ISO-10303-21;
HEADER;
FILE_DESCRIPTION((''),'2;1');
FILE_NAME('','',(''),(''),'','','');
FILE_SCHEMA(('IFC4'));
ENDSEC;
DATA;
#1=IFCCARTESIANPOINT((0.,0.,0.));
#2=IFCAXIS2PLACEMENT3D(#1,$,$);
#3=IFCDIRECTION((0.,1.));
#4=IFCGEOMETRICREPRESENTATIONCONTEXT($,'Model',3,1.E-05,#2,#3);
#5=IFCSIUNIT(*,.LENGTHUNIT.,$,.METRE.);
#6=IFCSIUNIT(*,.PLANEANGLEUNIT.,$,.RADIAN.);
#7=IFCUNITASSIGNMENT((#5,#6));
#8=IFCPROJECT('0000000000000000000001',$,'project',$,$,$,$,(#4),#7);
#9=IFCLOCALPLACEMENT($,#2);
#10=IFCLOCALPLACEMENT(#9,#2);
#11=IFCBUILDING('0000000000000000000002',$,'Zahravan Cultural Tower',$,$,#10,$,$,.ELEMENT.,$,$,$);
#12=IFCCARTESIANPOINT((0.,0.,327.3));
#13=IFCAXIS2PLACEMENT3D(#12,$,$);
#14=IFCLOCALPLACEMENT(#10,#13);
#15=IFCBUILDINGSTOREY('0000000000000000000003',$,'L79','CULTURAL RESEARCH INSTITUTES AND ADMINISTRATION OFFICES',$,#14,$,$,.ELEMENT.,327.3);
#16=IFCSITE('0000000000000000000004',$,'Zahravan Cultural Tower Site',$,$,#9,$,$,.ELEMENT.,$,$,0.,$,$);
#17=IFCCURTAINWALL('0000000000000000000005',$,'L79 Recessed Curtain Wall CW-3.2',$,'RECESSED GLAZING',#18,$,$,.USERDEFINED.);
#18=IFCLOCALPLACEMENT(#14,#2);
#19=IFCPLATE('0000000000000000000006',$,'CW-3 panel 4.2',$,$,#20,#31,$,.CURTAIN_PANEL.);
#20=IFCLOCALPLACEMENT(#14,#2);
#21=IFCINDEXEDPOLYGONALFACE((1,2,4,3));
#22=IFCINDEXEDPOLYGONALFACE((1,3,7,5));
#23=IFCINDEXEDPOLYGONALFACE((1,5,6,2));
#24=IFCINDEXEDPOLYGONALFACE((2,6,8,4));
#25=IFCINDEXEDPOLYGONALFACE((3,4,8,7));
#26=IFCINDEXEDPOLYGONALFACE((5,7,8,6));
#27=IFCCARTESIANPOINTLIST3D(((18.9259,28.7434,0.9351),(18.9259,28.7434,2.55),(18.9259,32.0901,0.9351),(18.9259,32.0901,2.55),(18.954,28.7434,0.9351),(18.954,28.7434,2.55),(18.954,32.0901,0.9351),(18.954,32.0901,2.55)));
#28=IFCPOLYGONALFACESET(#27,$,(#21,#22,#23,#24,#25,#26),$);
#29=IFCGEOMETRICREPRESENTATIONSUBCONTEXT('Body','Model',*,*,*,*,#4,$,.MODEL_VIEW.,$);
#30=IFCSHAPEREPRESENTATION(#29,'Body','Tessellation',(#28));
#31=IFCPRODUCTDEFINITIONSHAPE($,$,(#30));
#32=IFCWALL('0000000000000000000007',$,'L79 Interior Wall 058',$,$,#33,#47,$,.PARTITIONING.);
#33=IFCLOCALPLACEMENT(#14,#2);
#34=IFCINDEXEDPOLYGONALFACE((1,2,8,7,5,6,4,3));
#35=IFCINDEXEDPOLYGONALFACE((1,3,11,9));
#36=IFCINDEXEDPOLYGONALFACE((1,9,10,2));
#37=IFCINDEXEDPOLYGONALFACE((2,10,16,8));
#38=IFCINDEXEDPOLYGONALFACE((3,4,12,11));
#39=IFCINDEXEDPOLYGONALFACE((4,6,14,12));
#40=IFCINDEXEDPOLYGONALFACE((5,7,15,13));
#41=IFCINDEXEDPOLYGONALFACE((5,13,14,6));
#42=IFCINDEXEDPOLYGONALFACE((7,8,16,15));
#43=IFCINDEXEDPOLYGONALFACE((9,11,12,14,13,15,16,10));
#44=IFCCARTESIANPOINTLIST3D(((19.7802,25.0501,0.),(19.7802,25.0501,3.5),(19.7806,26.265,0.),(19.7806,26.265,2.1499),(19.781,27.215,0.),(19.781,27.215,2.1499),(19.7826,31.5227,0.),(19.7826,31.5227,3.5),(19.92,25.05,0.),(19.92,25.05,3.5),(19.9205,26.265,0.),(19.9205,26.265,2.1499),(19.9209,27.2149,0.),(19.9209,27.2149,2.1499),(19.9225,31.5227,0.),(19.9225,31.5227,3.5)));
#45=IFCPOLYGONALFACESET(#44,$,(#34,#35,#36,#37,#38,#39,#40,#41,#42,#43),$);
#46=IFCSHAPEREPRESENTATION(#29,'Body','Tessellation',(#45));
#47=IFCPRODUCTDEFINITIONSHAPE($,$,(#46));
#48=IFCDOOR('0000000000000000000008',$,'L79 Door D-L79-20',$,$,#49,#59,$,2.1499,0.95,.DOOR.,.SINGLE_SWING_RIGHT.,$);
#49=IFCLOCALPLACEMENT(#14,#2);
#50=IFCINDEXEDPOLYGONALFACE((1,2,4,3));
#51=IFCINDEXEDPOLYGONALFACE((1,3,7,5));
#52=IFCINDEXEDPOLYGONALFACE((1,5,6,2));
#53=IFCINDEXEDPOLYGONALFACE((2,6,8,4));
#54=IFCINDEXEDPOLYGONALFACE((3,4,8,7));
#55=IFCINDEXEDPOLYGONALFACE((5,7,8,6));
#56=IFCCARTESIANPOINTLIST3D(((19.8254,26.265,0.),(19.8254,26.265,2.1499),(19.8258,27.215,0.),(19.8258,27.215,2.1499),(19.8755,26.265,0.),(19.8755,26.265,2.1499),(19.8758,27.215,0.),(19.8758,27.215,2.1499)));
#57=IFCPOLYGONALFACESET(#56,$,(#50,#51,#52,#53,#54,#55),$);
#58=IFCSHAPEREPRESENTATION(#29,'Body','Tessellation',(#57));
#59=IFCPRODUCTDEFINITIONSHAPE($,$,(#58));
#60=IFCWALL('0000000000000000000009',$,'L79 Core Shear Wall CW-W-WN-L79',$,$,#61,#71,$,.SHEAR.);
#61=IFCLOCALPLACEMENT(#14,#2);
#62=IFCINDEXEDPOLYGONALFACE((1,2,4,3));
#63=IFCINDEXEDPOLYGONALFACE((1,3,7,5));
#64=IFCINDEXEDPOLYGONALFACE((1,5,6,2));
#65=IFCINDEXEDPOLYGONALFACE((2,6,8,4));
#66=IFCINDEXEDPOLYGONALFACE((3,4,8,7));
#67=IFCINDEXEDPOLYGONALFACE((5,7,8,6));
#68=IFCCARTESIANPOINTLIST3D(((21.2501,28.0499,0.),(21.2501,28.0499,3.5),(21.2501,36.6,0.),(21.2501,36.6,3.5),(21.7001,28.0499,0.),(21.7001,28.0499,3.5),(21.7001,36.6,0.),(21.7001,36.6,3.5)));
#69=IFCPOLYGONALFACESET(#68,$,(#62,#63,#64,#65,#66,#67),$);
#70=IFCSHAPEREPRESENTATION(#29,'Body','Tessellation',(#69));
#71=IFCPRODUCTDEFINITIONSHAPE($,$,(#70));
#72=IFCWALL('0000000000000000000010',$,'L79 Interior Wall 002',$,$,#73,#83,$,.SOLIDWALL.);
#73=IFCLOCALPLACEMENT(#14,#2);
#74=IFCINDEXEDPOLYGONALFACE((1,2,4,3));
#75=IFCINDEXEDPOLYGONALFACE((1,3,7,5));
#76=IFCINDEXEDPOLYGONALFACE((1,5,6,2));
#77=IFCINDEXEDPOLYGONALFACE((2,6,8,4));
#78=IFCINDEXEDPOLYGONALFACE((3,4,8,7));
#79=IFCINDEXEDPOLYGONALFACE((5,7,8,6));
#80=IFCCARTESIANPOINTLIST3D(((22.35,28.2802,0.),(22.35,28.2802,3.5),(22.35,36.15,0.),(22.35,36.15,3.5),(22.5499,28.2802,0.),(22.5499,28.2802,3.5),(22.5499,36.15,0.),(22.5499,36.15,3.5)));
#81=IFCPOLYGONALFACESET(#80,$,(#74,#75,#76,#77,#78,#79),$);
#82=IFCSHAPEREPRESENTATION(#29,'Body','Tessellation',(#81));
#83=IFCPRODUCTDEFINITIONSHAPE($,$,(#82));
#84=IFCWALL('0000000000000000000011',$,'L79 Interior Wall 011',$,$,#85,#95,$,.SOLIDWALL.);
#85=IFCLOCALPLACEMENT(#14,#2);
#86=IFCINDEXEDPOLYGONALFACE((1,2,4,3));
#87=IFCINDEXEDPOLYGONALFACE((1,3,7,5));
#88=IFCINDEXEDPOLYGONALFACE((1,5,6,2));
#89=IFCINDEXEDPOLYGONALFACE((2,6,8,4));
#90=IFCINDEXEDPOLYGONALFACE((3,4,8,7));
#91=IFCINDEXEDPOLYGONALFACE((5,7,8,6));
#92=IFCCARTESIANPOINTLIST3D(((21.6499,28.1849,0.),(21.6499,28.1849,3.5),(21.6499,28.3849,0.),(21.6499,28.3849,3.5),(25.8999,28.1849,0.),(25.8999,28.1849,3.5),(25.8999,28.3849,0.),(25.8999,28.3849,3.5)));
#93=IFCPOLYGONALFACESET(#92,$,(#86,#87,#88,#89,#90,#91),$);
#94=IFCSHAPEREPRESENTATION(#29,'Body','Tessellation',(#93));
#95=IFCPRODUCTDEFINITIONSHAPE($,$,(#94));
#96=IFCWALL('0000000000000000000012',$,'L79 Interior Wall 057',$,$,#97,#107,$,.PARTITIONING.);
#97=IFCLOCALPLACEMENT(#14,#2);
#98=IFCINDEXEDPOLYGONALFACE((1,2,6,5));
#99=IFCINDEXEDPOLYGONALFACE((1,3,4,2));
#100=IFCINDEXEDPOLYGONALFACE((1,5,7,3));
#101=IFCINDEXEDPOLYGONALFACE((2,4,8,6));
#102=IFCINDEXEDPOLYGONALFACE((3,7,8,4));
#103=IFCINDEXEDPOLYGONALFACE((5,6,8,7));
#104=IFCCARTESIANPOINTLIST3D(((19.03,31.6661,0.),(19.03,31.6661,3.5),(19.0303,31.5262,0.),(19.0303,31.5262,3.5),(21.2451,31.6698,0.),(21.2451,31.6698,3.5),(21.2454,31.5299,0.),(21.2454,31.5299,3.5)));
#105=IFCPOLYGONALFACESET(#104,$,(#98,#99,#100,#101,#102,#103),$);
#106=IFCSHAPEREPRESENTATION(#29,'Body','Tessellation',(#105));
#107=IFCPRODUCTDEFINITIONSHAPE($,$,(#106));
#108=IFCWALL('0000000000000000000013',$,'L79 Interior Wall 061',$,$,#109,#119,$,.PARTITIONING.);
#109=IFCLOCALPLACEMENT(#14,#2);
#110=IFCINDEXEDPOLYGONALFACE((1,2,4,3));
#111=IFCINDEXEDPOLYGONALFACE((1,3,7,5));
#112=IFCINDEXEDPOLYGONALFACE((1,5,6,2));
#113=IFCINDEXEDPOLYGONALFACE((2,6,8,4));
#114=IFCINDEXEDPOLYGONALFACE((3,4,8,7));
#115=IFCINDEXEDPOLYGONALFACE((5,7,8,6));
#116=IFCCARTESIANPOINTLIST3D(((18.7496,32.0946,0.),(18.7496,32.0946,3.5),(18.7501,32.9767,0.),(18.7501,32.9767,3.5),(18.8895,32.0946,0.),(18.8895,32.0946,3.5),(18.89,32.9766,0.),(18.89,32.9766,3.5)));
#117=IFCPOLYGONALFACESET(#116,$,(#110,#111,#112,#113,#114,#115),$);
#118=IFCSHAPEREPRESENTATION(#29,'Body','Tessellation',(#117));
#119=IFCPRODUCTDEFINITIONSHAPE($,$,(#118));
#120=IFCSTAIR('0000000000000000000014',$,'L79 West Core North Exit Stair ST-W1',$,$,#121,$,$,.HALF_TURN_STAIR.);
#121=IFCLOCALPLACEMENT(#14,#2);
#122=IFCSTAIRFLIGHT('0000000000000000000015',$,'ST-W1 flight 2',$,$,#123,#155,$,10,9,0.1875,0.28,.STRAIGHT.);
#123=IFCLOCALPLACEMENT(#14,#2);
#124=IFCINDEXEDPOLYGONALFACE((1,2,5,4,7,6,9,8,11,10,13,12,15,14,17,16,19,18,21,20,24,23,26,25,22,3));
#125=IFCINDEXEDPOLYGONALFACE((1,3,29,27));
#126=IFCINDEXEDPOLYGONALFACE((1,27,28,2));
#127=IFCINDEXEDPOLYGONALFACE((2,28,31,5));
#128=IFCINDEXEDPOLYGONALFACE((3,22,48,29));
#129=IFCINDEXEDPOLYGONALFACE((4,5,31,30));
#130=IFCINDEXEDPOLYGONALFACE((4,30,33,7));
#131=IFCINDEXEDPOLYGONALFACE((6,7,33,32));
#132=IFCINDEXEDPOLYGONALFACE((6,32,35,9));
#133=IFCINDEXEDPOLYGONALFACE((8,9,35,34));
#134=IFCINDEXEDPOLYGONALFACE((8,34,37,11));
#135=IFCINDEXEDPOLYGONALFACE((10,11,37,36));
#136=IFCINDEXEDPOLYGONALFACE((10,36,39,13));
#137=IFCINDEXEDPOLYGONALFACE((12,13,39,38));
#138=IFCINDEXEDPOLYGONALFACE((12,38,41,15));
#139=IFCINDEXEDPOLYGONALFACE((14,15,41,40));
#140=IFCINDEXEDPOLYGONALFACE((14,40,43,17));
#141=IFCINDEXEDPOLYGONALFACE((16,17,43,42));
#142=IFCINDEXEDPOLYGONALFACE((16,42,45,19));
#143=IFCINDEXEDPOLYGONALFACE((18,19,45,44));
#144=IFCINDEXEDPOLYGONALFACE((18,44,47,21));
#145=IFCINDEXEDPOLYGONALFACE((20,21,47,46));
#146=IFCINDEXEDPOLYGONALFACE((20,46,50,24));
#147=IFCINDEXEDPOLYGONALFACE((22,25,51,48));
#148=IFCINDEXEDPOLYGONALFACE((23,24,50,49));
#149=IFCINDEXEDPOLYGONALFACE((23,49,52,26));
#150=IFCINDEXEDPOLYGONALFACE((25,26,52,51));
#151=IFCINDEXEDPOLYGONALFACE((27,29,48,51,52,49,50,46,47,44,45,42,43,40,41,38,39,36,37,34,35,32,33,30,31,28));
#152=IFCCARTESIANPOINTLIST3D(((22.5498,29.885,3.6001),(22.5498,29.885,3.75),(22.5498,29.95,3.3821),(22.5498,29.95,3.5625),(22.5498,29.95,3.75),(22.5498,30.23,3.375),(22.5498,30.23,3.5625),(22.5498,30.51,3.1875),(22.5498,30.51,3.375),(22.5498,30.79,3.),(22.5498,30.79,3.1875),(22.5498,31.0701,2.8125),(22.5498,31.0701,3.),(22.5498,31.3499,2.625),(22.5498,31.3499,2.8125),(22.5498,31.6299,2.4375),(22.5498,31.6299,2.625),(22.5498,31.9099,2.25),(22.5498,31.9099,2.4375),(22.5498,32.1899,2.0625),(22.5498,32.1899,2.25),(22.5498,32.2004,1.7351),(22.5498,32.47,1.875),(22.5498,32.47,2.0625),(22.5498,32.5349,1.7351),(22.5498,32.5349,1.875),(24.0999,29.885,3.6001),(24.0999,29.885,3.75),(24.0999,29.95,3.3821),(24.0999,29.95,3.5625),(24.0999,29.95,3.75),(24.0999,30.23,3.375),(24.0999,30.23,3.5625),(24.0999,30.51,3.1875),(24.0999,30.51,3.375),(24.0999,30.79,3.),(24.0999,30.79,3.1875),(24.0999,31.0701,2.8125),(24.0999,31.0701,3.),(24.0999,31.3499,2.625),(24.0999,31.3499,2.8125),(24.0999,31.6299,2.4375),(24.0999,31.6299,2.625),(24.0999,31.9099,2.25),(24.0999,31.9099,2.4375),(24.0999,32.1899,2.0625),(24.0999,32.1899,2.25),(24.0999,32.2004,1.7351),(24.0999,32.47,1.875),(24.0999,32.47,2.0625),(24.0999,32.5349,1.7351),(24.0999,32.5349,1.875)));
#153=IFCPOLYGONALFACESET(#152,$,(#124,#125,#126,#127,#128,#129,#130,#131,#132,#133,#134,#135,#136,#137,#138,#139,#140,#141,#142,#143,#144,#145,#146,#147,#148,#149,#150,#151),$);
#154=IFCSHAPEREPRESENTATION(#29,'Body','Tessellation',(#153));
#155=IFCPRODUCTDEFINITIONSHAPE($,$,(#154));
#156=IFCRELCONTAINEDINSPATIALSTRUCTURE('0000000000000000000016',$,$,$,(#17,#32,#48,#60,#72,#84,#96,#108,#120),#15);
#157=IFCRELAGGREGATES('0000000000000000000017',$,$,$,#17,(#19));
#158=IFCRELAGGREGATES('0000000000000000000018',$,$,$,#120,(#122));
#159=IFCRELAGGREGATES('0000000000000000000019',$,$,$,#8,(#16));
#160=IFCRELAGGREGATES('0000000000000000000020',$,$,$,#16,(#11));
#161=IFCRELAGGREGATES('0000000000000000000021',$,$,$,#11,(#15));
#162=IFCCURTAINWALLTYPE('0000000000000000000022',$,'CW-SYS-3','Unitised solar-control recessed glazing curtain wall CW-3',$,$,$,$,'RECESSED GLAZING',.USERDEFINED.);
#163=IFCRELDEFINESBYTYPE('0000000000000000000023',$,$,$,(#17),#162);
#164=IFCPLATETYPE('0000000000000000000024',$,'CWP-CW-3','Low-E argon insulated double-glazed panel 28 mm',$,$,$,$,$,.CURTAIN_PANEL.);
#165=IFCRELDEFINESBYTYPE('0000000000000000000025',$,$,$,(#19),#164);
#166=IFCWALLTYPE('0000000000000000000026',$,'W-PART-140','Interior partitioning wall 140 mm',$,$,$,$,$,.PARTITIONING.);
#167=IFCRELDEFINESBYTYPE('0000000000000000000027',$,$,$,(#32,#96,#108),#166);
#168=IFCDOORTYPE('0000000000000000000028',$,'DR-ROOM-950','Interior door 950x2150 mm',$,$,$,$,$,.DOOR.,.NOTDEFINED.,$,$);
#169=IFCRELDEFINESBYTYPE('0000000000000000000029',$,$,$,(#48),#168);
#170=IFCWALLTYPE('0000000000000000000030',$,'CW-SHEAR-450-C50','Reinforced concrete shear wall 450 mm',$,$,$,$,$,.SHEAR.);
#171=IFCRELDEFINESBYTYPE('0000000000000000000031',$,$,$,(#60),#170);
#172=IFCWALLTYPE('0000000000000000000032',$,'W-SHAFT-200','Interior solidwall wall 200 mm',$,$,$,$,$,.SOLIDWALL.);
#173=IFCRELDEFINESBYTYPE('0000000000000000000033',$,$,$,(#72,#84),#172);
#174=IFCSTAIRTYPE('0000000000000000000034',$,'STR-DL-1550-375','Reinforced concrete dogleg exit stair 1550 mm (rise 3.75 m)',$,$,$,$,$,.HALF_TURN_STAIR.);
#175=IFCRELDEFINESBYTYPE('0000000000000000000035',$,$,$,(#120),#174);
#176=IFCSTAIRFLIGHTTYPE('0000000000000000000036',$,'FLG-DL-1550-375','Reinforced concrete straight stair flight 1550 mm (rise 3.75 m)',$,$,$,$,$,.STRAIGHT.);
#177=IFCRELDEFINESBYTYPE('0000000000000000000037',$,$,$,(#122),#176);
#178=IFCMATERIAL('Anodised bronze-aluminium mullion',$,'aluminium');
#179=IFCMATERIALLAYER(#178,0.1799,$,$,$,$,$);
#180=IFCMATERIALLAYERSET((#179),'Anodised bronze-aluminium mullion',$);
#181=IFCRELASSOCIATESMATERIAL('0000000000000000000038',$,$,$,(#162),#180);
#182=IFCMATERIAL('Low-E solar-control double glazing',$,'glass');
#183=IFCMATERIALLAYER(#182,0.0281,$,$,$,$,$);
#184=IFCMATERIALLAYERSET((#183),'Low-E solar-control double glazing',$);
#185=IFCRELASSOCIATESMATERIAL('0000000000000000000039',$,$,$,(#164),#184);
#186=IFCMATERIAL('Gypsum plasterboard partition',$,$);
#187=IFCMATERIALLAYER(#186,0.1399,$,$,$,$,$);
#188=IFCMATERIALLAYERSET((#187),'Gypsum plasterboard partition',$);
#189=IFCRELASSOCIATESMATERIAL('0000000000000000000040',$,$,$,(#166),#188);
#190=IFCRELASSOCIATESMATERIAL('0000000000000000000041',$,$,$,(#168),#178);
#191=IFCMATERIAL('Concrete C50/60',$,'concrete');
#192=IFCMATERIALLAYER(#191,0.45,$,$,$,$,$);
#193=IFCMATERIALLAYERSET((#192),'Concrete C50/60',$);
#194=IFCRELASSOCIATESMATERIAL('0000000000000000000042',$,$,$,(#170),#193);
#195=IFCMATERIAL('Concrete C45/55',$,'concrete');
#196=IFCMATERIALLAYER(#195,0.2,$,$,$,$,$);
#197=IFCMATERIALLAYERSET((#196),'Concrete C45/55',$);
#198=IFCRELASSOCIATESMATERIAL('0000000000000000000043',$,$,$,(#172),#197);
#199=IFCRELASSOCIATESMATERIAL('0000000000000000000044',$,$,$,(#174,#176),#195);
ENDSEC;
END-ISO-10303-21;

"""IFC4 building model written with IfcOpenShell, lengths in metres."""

from ifc_helpers import new_model, si_unit, direction, frame, frame_2d, origin, origin_2d, place, context, subcontext, project, spatial, polyline, rectangle, outline, extrude, source, transform, mapped, material, layer, layer_set, type_object, element, fill, aggregate, save


model = new_model("IFC4")

# Units and contexts
model_context = context("Model", 3, precision=1e-05, world=origin(), true_north=direction((0.0, 1.0)))
body_context = subcontext(model_context, "Body", "Model", "MODEL_VIEW")
ifc_project = project(units=[si_unit("LENGTHUNIT", "METRE"), si_unit("PLANEANGLEUNIT", "RADIAN")], contexts=[model_context])

# Site, building, storey
site_placement = place(None, origin())
site = spatial("IfcSite", under=ifc_project, at=site_placement, Name="Zahravan Cultural Tower Site", CompositionType="ELEMENT", RefElevation=0.0)
building_placement = place(site_placement, origin())
building = spatial("IfcBuilding", under=site, at=building_placement, Name="Zahravan Cultural Tower", CompositionType="ELEMENT")
storey_placement = place(building_placement, frame((0.0, 0.0, 327.3)))
storey = spatial("IfcBuildingStorey", under=building, at=storey_placement, Name="L79", Description="CULTURAL RESEARCH INSTITUTES AND ADMINISTRATION OFFICES", CompositionType="ELEMENT", Elevation=327.3)

# Curtain wall, plate
ifc_material_1 = material(Name="Anodised bronze-aluminium mullion", Category="aluminium")
ifc_layer_1 = layer(ifc_material_1, 0.1799)
ifc_layer_set_1 = layer_set([ifc_layer_1], Name="Anodised bronze-aluminium mullion")
curtain_wall_type = type_object("IfcCurtainWallType", Name="CW-SYS-3", Description="Unitised solar-control recessed glazing curtain wall CW-3", ElementType="RECESSED GLAZING", PredefinedType="USERDEFINED", material=ifc_layer_set_1)
curtain_wall_placement = place(storey_placement, origin())
curtain_wall = element("IfcCurtainWall", 1, at=curtain_wall_placement, inside=storey, type_object=curtain_wall_type, Name="L79 Recessed Curtain Wall CW-3.2", ObjectType="RECESSED GLAZING", PredefinedType="USERDEFINED")
ifc_material_2 = material(Name="Low-E solar-control double glazing", Category="glass")
ifc_layer_2 = layer(ifc_material_2, 0.0281)
ifc_layer_set_2 = layer_set([ifc_layer_2], Name="Low-E solar-control double glazing")
plate_type = type_object("IfcPlateType", Name="CWP-CW-3", Description="Low-E argon insulated double-glazed panel 28 mm", PredefinedType="CURTAIN_PANEL", material=ifc_layer_set_2)
shared_shape_1 = source(origin(), body_context, "Body", "SweptSolid", [
    extrude(rectangle(XDim=3.3467, YDim=0.0281, at=origin_2d()), origin(), (0.0, 0.0, 1.0), 1.615),
])
plate_1_placement = place(storey_placement, frame((18.9399, 30.4167, 0.9351), z_axis=(0.0, 0.0, 1.0), x_axis=(0.0, 1.0, 0.0)))
plate_1 = element("IfcPlate", 2, at=plate_1_placement, type_object=plate_type, Name="CW-3 panel 4.2", PredefinedType="CURTAIN_PANEL", context=body_context, shape_type="MappedRepresentation", body=[
    mapped(shared_shape_1, transform((0.0, 0.0, 0.0), x_axis=(1.0, 0.0, 0.0), y_axis=(0.0, 1.0, 0.0), z_axis=(0.0, 0.0, 1.0), scale=1.0)),
])
aggregate(curtain_wall, [plate_1])

# Wall, opening, door
ifc_material_3 = material(Name="Gypsum plasterboard partition")
ifc_layer_3 = layer(ifc_material_3, 0.1399)
ifc_layer_set_3 = layer_set([ifc_layer_3], Name="Gypsum plasterboard partition")
wall_type_1 = type_object("IfcWallType", Name="W-PART-140", Description="Interior partitioning wall 140 mm", PredefinedType="PARTITIONING", material=ifc_layer_set_3)
wall_1_placement = place(storey_placement, frame((19.8525, 31.5227, 0.0), z_axis=(0.0, 0.0, 1.0), x_axis=(-0.000377, -1.0, 0.0)))
wall_1 = element("IfcWall", 3, at=wall_1_placement, inside=storey, type_object=wall_type_1, Name="L79 Interior Wall 058", PredefinedType="PARTITIONING", context=body_context, shape_type="SweptSolid", body=[
    extrude(rectangle(XDim=6.4727, YDim=0.1399, at=frame_2d((3.2363, 0.0))), origin(), (0.0, 0.0, 1.0), 3.5),
])
opening_placement = place(wall_1_placement, frame((4.3076, 0.0, 0.0)))
opening = element("IfcOpeningElement", 4, at=opening_placement, cuts=wall_1, PredefinedType="OPENING", context=body_context, shape_type="SweptSolid", body=[
    extrude(rectangle(XDim=0.95, YDim=2.1499, at=frame_2d((0.4751, 1.075))), frame((0.0, 0.0798, 0.0), z_axis=(0.0, -1.0, 0.0), x_axis=(1.0, 0.0, 0.0)), (0.0, 0.0, 1.0), 0.1599),
])
door_type = type_object("IfcDoorType", Name="DR-ROOM-950", Description="Interior door 950x2150 mm", OperationType="NOTDEFINED", PredefinedType="DOOR", material=ifc_material_1)
shared_shape_2 = source(origin(), body_context, "Body", "SweptSolid", [
    extrude(rectangle(XDim=0.95, YDim=2.1499, at=frame_2d((0.4751, 1.075))), frame((0.0, 0.0249, 0.0), z_axis=(0.0, -1.0, 0.0), x_axis=(1.0, 0.0, 0.0)), (0.0, 0.0, 1.0), 0.05),
])
door_placement = place(opening_placement, origin())
door = element("IfcDoor", 5, at=door_placement, inside=storey, type_object=door_type, Name="L79 Door D-L79-20", OperationType="SINGLE_SWING_RIGHT", OverallHeight=2.1499, OverallWidth=0.95, PredefinedType="DOOR", context=body_context, shape_type="MappedRepresentation", body=[
    mapped(shared_shape_2, transform((0.0, 0.0, 0.0), x_axis=(1.0, 0.0, 0.0), y_axis=(0.0, 1.0, 0.0), z_axis=(0.0, 0.0, 1.0), scale=1.0)),
])
fill(opening, door)

# Walls
ifc_material_4 = material(Name="Concrete C50/60", Category="concrete")
ifc_layer_4 = layer(ifc_material_4, 0.45)
ifc_layer_set_4 = layer_set([ifc_layer_4], Name="Concrete C50/60")
wall_type_2 = type_object("IfcWallType", Name="CW-SHEAR-450-C50", Description="Reinforced concrete shear wall 450 mm", PredefinedType="SHEAR", material=ifc_layer_set_4)
shared_shape_3 = source(origin(), body_context, "Body", "SweptSolid", [
    extrude(rectangle(XDim=8.55, YDim=0.45, at=frame_2d((4.2749, 0.0))), origin(), (0.0, 0.0, 1.0), 3.5),
])
wall_2_placement = place(storey_placement, frame((21.4751, 28.05, 0.0), z_axis=(0.0, 0.0, 1.0), x_axis=(0.0, 1.0, 0.0)))
element("IfcWall", 6, at=wall_2_placement, inside=storey, type_object=wall_type_2, Name="L79 Core Shear Wall CW-W-WN-L79", PredefinedType="SHEAR", context=body_context, shape_type="MappedRepresentation", body=[
    mapped(shared_shape_3, transform((0.0, 0.0, 0.0), x_axis=(1.0, 0.0, 0.0), y_axis=(0.0, 1.0, 0.0), z_axis=(0.0, 0.0, 1.0), scale=1.0)),
])
ifc_material_5 = material(Name="Concrete C45/55", Category="concrete")
ifc_layer_5 = layer(ifc_material_5, 0.2)
ifc_layer_set_5 = layer_set([ifc_layer_5], Name="Concrete C45/55")
wall_type_3 = type_object("IfcWallType", Name="W-SHAFT-200", Description="Interior solidwall wall 200 mm", PredefinedType="SOLIDWALL", material=ifc_layer_set_5)
shared_shape_4 = source(origin(), body_context, "Body", "SweptSolid", [
    extrude(rectangle(XDim=7.8699, YDim=0.2, at=frame_2d((3.9351, 0.0))), origin(), (0.0, 0.0, 1.0), 3.5),
])
wall_3_placement = place(storey_placement, frame((22.45, 28.28, 0.0), z_axis=(0.0, 0.0, 1.0), x_axis=(0.0, 1.0, 0.0)))
element("IfcWall", 7, at=wall_3_placement, inside=storey, type_object=wall_type_3, Name="L79 Interior Wall 002", PredefinedType="SOLIDWALL", context=body_context, shape_type="MappedRepresentation", body=[
    mapped(shared_shape_4, transform((0.0, 0.0, 0.0), x_axis=(1.0, 0.0, 0.0), y_axis=(0.0, 1.0, 0.0), z_axis=(0.0, 0.0, 1.0), scale=1.0)),
])
shared_shape_5 = source(origin(), body_context, "Body", "SweptSolid", [
    extrude(rectangle(XDim=4.25, YDim=0.2, at=frame_2d((2.125, 0.0))), origin(), (0.0, 0.0, 1.0), 3.5),
])
wall_4_placement = place(storey_placement, frame((21.6499, 28.2849, 0.0), z_axis=(0.0, 0.0, 1.0), x_axis=(1.0, 0.0, 0.0)))
element("IfcWall", 8, at=wall_4_placement, inside=storey, type_object=wall_type_3, Name="L79 Interior Wall 011", PredefinedType="SOLIDWALL", context=body_context, shape_type="MappedRepresentation", body=[
    mapped(shared_shape_5, transform((0.0, 0.0, 0.0), x_axis=(1.0, 0.0, 0.0), y_axis=(0.0, 1.0, 0.0), z_axis=(0.0, 0.0, 1.0), scale=1.0)),
])
shared_shape_6 = source(origin(), body_context, "Body", "SweptSolid", [
    extrude(rectangle(XDim=2.2151, YDim=0.1399, at=frame_2d((1.1074, 0.0))), origin(), (0.0, 0.0, 1.0), 3.5),
])
wall_5_placement = place(storey_placement, frame((21.2451, 31.5999, 0.0), z_axis=(0.0, 0.0, 1.0), x_axis=(-0.999999, -0.001653, 0.0)))
element("IfcWall", 9, at=wall_5_placement, inside=storey, type_object=wall_type_1, Name="L79 Interior Wall 057", PredefinedType="PARTITIONING", context=body_context, shape_type="MappedRepresentation", body=[
    mapped(shared_shape_6, transform((0.0, 0.0, 0.0), x_axis=(1.0, 0.0, 0.0), y_axis=(0.0, 1.0, 0.0), z_axis=(0.0, 0.0, 1.0), scale=1.0)),
])
shared_shape_7 = source(origin(), body_context, "Body", "SweptSolid", [
    extrude(rectangle(XDim=0.8821, YDim=0.1399, at=frame_2d((0.4409, 0.0))), origin(), (0.0, 0.0, 1.0), 3.5),
])
wall_6_placement = place(storey_placement, frame((18.8196, 32.0947, 0.0), z_axis=(0.0, 0.0, 1.0), x_axis=(0.000554, 1.0, 0.0)))
element("IfcWall", 10, at=wall_6_placement, inside=storey, type_object=wall_type_1, Name="L79 Interior Wall 061", PredefinedType="PARTITIONING", context=body_context, shape_type="MappedRepresentation", body=[
    mapped(shared_shape_7, transform((0.0, 0.0, 0.0), x_axis=(1.0, 0.0, 0.0), y_axis=(0.0, 1.0, 0.0), z_axis=(0.0, 0.0, 1.0), scale=1.0)),
])

# Stair, stair flight
stair_type = type_object("IfcStairType", Name="STR-DL-1550-375", Description="Reinforced concrete dogleg exit stair 1550 mm (rise 3.75 m)", PredefinedType="HALF_TURN_STAIR", material=ifc_material_5)
stair_placement = place(storey_placement, origin())
stair = element("IfcStair", 11, at=stair_placement, inside=storey, type_object=stair_type, Name="L79 West Core North Exit Stair ST-W1", PredefinedType="HALF_TURN_STAIR")
stair_flight_type = type_object("IfcStairFlightType", Name="FLG-DL-1550-375", Description="Reinforced concrete straight stair flight 1550 mm (rise 3.75 m)", PredefinedType="STRAIGHT", material=ifc_material_5)
stair_flight_placement = place(storey_placement, frame((23.325, 32.47, 1.875), z_axis=(0.0, 0.0, 1.0), x_axis=(0.0, -1.0, 0.0)))
stair_flight = element("IfcStairFlight", 12, at=stair_flight_placement, type_object=stair_flight_type, Name="ST-W1 flight 2", NumberOfRisers=10, NumberOfTreads=9, PredefinedType="STRAIGHT", RiserHeight=0.1875, TreadLength=0.28, context=body_context, shape_type="SweptSolid", body=[
    extrude(outline(polyline([(-0.0649, -0.1399), (-0.0649, 0.0), (0.0, 0.0), (0.0, 0.1875), (0.28, 0.1875), (0.28, 0.375), (0.5601, 0.375), (0.5601, 0.5625), (0.8401, 0.5625), (0.8401, 0.75), (1.1201, 0.75), (1.1201, 0.9375), (1.3999, 0.9375), (1.3999, 1.125), (1.6799, 1.125), (1.6799, 1.3125), (1.96, 1.3125), (1.96, 1.5), (2.24, 1.5), (2.24, 1.6875), (2.52, 1.6875), (2.52, 1.875), (2.585, 1.875), (2.585, 1.7251), (2.52, 1.5071), (0.2695, -0.1399), (-0.0649, -0.1399)])), frame((0.0, 0.7749, 0.0), z_axis=(0.0, -1.0, 0.0), x_axis=(1.0, 0.0, 0.0)), (0.0, 0.0, 1.0), 1.55),
])
aggregate(stair, [stair_flight])

save(model, "model.ifc")
